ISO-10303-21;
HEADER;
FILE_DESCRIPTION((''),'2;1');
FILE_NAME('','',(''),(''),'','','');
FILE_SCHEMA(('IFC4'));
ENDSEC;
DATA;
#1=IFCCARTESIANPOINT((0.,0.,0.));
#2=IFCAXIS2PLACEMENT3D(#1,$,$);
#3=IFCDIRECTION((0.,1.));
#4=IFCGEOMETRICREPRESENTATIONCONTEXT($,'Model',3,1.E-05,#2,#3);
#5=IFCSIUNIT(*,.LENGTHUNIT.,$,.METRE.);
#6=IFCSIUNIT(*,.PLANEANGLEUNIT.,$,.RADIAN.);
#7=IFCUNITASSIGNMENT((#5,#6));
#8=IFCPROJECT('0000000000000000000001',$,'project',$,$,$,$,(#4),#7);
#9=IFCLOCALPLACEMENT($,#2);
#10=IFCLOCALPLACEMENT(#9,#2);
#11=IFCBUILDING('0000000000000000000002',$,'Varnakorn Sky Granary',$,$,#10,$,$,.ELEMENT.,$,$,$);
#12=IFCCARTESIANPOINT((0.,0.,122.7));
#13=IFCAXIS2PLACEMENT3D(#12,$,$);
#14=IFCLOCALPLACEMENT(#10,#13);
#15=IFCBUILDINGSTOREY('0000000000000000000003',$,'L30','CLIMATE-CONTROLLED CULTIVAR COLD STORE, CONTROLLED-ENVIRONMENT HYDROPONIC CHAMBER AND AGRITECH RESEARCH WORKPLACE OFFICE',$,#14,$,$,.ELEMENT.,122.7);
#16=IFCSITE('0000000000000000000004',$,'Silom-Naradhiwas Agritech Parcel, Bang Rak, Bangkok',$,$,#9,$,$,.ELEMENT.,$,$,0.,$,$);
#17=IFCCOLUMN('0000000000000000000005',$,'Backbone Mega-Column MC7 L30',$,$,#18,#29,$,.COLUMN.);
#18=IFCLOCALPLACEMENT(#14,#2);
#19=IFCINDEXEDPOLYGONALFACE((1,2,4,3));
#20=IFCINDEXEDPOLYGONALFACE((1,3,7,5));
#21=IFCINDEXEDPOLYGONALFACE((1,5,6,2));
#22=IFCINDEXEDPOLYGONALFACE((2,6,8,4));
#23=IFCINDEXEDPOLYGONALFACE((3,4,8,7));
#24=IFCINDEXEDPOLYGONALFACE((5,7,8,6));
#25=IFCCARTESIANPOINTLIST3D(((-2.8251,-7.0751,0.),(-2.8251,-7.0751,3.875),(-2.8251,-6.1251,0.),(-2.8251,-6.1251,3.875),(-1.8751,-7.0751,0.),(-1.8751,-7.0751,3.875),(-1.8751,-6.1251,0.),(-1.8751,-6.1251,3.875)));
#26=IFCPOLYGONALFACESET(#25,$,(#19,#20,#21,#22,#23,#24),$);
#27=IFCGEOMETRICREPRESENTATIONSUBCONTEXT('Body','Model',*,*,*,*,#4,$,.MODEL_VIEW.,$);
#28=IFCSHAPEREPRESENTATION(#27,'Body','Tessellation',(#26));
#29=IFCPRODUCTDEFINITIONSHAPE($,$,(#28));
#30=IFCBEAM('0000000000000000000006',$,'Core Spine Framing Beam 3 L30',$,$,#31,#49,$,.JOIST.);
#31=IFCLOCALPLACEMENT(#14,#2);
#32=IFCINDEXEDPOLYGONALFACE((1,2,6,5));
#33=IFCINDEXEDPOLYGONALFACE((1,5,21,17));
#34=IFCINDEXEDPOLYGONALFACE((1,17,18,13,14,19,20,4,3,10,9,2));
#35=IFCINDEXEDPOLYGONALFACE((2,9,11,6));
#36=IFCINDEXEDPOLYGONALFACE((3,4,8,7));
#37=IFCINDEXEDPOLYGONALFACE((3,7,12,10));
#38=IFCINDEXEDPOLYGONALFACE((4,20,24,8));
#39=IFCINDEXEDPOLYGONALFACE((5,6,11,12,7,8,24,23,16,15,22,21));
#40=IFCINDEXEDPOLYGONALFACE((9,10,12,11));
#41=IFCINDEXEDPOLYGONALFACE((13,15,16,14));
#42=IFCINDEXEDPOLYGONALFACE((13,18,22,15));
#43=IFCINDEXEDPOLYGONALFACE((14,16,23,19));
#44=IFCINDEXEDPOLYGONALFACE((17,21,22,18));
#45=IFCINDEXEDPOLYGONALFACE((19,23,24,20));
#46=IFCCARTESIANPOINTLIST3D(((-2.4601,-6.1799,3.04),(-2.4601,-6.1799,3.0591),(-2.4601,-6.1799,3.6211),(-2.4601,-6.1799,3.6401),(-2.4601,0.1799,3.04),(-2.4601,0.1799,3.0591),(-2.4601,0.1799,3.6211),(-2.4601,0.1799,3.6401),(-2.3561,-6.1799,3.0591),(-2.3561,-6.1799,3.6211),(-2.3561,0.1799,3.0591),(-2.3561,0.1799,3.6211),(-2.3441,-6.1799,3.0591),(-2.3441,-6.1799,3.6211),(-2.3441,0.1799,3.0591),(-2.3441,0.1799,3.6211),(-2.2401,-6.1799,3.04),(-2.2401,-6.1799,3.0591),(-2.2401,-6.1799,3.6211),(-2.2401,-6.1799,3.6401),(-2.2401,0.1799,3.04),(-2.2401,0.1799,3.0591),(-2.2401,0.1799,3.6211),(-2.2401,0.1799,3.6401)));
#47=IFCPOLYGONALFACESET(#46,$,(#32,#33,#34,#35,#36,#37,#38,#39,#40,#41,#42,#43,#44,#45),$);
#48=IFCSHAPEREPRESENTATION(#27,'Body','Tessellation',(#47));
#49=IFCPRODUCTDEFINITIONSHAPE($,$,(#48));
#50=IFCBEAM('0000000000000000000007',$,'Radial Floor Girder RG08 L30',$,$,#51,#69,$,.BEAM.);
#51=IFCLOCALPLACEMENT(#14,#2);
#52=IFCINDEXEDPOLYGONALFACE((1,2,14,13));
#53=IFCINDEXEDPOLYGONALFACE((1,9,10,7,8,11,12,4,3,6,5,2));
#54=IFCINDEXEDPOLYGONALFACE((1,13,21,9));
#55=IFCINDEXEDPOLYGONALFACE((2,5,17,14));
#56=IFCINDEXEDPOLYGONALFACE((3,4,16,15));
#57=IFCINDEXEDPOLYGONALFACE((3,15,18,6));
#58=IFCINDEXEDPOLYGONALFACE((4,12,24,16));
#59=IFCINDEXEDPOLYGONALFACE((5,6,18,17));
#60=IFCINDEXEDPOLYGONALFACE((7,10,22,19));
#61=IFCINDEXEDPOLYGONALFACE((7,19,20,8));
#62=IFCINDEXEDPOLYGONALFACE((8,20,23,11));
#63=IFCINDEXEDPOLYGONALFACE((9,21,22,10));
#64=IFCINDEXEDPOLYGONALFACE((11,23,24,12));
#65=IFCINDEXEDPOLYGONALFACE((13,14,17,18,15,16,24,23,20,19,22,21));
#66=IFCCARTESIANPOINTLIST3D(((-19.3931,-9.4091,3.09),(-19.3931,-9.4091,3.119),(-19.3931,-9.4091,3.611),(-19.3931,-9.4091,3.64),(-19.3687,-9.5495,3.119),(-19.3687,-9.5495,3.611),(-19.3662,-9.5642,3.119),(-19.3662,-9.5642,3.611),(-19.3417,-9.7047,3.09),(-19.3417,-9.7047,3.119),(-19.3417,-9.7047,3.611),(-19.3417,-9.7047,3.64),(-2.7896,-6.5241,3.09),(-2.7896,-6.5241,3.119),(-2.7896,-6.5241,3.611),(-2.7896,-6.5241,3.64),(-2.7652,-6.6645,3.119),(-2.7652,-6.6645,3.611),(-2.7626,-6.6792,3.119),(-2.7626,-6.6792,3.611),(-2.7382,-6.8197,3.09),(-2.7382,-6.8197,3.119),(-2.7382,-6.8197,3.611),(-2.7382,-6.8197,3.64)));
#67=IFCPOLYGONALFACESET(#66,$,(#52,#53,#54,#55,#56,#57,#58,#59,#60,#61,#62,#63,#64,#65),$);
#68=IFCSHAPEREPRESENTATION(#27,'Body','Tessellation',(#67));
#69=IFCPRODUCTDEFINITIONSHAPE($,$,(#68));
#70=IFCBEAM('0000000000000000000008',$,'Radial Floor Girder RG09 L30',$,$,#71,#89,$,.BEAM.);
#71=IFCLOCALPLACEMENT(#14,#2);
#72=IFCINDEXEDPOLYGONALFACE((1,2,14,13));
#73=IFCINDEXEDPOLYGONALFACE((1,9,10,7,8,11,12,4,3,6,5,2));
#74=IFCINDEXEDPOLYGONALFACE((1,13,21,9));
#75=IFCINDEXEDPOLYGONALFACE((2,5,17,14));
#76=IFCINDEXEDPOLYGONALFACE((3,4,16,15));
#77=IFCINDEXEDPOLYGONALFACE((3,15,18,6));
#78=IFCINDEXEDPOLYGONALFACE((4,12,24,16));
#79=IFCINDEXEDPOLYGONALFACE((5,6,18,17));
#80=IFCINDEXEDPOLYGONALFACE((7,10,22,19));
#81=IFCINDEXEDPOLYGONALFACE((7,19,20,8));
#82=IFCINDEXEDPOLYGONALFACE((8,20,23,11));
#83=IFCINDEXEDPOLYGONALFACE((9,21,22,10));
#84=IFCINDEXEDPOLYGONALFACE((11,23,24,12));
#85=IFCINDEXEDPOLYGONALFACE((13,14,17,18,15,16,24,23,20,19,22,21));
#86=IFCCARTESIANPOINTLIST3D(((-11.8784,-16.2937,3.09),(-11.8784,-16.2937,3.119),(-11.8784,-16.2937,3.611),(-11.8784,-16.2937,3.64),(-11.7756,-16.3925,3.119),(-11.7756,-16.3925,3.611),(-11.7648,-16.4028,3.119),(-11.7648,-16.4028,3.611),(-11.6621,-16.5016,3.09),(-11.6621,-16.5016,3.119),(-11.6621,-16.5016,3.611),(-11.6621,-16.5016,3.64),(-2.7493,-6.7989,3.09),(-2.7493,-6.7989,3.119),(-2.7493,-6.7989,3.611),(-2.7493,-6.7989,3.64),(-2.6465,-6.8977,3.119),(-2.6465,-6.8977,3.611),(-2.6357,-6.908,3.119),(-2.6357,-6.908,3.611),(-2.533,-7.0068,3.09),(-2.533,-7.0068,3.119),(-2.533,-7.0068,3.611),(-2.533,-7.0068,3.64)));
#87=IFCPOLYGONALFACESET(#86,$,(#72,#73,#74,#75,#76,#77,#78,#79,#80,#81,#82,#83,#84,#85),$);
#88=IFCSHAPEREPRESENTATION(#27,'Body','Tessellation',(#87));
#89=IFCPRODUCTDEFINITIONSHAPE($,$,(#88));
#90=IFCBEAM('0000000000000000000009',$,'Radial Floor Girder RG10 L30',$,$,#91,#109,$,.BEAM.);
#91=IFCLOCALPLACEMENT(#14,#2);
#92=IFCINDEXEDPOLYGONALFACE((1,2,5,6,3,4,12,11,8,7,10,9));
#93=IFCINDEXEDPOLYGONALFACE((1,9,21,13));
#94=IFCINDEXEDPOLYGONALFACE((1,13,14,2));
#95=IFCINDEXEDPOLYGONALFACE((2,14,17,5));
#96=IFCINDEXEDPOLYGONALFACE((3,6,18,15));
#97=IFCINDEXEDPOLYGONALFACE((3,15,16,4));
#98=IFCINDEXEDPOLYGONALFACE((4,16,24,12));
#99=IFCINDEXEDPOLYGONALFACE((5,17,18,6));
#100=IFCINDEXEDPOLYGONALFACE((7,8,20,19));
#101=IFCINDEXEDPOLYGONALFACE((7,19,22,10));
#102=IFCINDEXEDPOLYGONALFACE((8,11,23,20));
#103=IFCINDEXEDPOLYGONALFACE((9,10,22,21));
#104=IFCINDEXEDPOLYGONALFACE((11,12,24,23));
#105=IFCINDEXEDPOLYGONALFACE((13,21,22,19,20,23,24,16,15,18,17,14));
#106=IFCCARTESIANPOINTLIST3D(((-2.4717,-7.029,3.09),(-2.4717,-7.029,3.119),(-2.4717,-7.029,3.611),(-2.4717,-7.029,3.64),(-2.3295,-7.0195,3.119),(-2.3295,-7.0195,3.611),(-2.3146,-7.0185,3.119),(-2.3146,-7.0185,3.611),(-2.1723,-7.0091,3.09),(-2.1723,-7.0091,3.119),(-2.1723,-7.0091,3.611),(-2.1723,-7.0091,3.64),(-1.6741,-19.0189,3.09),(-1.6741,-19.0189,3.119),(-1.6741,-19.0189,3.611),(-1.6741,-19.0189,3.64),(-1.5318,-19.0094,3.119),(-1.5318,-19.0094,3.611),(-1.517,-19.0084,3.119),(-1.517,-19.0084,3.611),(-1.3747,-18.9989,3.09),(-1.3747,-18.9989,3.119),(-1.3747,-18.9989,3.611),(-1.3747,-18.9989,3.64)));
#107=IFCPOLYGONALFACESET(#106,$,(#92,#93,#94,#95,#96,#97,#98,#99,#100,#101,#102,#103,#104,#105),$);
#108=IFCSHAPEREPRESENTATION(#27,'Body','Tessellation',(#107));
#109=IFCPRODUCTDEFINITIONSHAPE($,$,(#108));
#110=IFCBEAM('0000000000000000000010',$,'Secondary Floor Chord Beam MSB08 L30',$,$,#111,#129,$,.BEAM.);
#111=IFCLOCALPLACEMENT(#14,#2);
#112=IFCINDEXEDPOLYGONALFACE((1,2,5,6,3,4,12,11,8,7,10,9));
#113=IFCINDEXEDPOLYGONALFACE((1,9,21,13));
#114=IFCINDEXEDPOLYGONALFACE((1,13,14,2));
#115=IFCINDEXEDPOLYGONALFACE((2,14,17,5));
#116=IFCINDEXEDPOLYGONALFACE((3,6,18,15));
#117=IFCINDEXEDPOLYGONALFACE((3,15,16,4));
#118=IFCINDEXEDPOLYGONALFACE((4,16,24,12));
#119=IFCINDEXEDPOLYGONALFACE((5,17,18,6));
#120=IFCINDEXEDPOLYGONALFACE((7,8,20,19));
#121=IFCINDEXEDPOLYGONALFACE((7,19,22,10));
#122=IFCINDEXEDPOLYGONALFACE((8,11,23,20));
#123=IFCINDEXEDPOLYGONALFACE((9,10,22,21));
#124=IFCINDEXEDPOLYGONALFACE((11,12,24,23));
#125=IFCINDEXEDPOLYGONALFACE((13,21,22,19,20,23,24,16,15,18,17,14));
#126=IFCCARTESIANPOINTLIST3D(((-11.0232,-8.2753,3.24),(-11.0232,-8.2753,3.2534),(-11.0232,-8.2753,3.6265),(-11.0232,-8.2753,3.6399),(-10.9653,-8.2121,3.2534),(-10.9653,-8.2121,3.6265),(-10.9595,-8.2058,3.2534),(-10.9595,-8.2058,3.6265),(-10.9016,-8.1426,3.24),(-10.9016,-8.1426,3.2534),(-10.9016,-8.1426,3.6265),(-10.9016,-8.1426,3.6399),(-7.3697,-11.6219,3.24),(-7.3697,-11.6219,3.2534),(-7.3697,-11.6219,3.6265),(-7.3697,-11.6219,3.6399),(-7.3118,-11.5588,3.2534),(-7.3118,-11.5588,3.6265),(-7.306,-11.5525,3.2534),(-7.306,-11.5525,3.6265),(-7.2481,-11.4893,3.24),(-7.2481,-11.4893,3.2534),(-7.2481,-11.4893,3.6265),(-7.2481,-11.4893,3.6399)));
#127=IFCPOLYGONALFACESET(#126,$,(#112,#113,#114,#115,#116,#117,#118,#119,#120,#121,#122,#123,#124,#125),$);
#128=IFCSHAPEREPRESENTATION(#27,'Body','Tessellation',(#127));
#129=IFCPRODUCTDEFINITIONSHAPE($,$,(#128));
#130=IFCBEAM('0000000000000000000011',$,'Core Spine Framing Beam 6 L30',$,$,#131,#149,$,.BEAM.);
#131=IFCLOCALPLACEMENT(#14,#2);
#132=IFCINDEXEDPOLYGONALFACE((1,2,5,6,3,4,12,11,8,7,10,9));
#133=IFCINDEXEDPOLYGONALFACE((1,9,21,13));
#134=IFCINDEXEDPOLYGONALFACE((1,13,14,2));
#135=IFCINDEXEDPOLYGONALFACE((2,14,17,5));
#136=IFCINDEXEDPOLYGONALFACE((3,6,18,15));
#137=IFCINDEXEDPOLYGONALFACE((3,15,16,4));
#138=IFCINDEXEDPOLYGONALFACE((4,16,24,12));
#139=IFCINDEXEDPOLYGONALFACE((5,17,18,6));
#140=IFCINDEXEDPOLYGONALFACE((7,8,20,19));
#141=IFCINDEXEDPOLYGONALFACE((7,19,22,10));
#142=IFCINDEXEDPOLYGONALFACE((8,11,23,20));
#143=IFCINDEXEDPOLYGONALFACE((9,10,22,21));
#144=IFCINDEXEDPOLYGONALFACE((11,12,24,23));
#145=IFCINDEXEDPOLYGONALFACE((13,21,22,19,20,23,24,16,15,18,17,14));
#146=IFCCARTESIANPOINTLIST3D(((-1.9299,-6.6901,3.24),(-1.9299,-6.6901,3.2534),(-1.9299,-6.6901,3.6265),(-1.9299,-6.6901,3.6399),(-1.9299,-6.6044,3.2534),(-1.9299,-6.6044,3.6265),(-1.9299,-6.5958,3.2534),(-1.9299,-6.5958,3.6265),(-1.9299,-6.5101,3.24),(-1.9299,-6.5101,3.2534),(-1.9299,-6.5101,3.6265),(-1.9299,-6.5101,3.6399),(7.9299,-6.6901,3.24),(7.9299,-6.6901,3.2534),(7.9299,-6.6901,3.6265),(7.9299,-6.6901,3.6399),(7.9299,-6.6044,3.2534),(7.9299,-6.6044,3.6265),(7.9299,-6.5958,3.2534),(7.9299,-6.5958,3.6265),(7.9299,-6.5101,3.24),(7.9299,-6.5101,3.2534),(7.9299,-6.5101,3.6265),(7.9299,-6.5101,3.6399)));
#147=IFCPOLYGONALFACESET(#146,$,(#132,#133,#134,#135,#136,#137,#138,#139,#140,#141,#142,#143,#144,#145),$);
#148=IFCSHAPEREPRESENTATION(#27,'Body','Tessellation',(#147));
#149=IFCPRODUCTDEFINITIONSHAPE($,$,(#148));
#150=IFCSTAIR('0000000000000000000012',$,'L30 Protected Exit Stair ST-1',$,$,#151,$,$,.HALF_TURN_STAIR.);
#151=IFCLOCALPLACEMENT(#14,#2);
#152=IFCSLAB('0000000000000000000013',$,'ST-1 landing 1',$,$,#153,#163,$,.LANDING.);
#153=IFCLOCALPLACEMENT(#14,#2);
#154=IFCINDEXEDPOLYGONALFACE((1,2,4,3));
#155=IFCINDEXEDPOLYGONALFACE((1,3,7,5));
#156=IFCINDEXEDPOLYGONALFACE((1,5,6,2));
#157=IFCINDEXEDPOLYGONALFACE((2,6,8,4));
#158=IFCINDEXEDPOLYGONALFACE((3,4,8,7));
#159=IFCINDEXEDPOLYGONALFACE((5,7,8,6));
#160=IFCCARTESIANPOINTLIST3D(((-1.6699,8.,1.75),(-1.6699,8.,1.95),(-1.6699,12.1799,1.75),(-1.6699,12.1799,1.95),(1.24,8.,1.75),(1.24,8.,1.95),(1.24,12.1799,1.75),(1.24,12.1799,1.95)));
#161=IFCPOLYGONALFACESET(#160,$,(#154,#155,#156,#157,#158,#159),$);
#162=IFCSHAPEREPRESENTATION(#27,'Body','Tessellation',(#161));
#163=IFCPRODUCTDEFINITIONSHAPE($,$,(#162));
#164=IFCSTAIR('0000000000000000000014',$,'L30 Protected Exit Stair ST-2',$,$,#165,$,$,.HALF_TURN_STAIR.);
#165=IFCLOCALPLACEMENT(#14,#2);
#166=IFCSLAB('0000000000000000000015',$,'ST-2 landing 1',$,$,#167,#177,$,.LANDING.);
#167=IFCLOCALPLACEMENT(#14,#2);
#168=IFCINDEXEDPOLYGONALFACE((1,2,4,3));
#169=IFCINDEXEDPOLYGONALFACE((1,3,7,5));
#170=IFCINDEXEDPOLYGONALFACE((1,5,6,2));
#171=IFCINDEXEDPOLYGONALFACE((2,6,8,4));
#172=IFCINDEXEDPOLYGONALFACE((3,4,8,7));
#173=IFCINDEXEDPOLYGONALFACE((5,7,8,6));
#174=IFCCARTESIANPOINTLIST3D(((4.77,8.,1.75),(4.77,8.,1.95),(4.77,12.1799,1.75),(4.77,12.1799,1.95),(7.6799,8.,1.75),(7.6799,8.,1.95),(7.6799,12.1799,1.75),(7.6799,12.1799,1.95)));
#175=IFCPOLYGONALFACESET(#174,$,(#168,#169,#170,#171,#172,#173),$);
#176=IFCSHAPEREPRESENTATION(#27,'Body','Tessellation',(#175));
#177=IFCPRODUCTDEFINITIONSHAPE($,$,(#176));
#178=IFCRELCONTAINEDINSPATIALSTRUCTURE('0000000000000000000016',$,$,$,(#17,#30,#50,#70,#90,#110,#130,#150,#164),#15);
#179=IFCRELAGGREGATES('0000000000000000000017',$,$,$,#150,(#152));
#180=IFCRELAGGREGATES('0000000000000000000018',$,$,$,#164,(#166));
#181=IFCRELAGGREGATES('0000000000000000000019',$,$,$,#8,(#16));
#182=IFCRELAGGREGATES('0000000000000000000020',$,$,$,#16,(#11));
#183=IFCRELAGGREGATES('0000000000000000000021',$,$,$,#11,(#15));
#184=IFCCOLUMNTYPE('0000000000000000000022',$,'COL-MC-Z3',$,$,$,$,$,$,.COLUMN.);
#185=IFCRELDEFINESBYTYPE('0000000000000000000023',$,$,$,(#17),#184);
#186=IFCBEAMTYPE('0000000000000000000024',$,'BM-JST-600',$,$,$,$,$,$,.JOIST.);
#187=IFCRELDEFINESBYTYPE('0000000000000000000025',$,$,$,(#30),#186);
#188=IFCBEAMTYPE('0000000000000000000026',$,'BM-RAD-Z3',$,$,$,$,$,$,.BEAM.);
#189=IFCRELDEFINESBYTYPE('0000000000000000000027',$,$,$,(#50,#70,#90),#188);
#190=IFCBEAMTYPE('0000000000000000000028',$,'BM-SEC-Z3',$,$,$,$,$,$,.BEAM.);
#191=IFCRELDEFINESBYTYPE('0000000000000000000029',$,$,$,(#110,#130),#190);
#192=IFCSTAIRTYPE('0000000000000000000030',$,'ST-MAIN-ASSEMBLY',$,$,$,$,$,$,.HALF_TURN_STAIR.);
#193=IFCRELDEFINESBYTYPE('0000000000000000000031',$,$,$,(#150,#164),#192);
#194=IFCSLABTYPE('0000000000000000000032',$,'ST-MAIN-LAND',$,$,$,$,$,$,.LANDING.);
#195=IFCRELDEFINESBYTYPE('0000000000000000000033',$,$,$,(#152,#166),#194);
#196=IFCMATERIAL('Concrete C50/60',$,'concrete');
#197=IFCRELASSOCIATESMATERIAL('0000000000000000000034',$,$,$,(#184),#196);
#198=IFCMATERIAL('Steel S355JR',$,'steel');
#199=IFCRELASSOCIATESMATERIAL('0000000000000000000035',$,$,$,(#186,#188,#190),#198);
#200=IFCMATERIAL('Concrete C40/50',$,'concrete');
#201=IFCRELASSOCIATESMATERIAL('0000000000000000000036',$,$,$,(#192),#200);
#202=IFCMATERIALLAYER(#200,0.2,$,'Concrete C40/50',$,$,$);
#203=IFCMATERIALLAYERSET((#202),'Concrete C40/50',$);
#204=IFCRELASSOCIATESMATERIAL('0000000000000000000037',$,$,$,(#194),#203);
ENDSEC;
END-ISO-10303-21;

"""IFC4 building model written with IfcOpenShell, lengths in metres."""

from ifc_helpers import new_model, si_unit, direction, frame, origin, origin_2d, place, context, subcontext, project, spatial, polyline, rectangle, i_section, outline, extrude, material, layer, layer_set, material_profile, profile_set, type_object, element, aggregate, save


model = new_model("IFC4")

# Units and contexts
model_context = context("Model", 3, precision=1e-05, world=origin(), true_north=direction((0.0, 1.0)))
body_context = subcontext(model_context, "Body", "Model", "MODEL_VIEW")
ifc_project = project(units=[si_unit("LENGTHUNIT", "METRE"), si_unit("PLANEANGLEUNIT", "RADIAN")], contexts=[model_context])

# Site, building, storey
site_placement = place(None, origin())
site = spatial("IfcSite", under=ifc_project, at=site_placement, Name="Silom-Naradhiwas Agritech Parcel, Bang Rak, Bangkok", CompositionType="ELEMENT", RefElevation=0.0)
building_placement = place(site_placement, origin())
building = spatial("IfcBuilding", under=site, at=building_placement, Name="Varnakorn Sky Granary", CompositionType="ELEMENT")
storey_placement = place(building_placement, frame((0.0, 0.0, 122.7)))
storey = spatial("IfcBuildingStorey", under=building, at=storey_placement, Name="L30", Description="CLIMATE-CONTROLLED CULTIVAR COLD STORE, CONTROLLED-ENVIRONMENT HYDROPONIC CHAMBER AND AGRITECH RESEARCH WORKPLACE OFFICE", CompositionType="ELEMENT", Elevation=122.7)

# Column
ifc_material_1 = material(Name="Concrete C50/60", Category="concrete")
ifc_material_profile_1 = material_profile(ifc_material_1, rectangle(XDim=0.95, YDim=0.95, at=origin_2d()), Name="RC 950x950")
ifc_profile_set_1 = profile_set([ifc_material_profile_1], Name="Concrete C50/60")
column_type = type_object("IfcColumnType", Name="COL-MC-Z3", PredefinedType="COLUMN", material=ifc_profile_set_1)
column_placement = place(storey_placement, frame((-2.3501, -6.6001, 0.0), z_axis=(0.0, 0.0, 1.0), x_axis=(1.0, 0.0, 0.0)))
element("IfcColumn", 1, at=column_placement, inside=storey, type_object=column_type, Name="Backbone Mega-Column MC7 L30", PredefinedType="COLUMN", context=body_context, shape_type="SweptSolid", body=[
    extrude(rectangle(XDim=0.95, YDim=0.95, at=origin_2d()), origin(), (0.0, 0.0, 1.0), 3.875),
])

# Beams
ifc_material_2 = material(Name="Steel S355JR", Category="steel")
ifc_material_profile_2 = material_profile(ifc_material_2, i_section(OverallWidth=0.22, OverallDepth=0.6001, WebThickness=0.012, FlangeThickness=0.019, at=origin_2d()), Name="IPE 600")
ifc_profile_set_2 = profile_set([ifc_material_profile_2], Name="Steel S355JR")
beam_type_1 = type_object("IfcBeamType", Name="BM-JST-600", PredefinedType="JOIST", material=ifc_profile_set_2)
beam_1_placement = place(storey_placement, frame((-2.3501, 0.1799, 3.3401), z_axis=(0.0, -1.0, 0.0), x_axis=(1.0, 0.0, 0.0)))
element("IfcBeam", 2, at=beam_1_placement, inside=storey, type_object=beam_type_1, Name="Core Spine Framing Beam 3 L30", PredefinedType="JOIST", context=body_context, shape_type="SweptSolid", body=[
    extrude(i_section(OverallWidth=0.22, OverallDepth=0.6001, WebThickness=0.012, FlangeThickness=0.019, at=origin_2d()), origin(), (0.0, 0.0, 1.0), 6.3599),
])
ifc_material_profile_3 = material_profile(ifc_material_2, i_section(OverallWidth=0.3, OverallDepth=0.55, WebThickness=0.0149, FlangeThickness=0.0291, at=origin_2d()), Name="HE 550 B")
ifc_profile_set_3 = profile_set([ifc_material_profile_3], Name="Steel S355JR")
beam_type_2 = type_object("IfcBeamType", Name="BM-RAD-Z3", PredefinedType="BEAM", material=ifc_profile_set_3)
beam_2_placement = place(storey_placement, frame((-2.7639, -6.6719, 3.365), z_axis=(-0.985237, -0.171194, 0.0), x_axis=(0.171194, -0.985237, 0.0)))
element("IfcBeam", 3, at=beam_2_placement, inside=storey, type_object=beam_type_2, Name="Radial Floor Girder RG08 L30", PredefinedType="BEAM", context=body_context, shape_type="SweptSolid", body=[
    extrude(i_section(OverallWidth=0.3, OverallDepth=0.55, WebThickness=0.0149, FlangeThickness=0.0291, at=origin_2d()), origin(), (0.0, 0.0, 1.0), 16.8523),
])
beam_3_placement = place(storey_placement, frame((-2.6411, -6.9028, 3.365), z_axis=(-0.693088, -0.720853, 0.0), x_axis=(0.720853, -0.693088, 0.0)))
element("IfcBeam", 4, at=beam_3_placement, inside=storey, type_object=beam_type_2, Name="Radial Floor Girder RG09 L30", PredefinedType="BEAM", context=body_context, shape_type="SweptSolid", body=[
    extrude(i_section(OverallWidth=0.3, OverallDepth=0.55, WebThickness=0.0149, FlangeThickness=0.0291, at=origin_2d()), origin(), (0.0, 0.0, 1.0), 13.1716),
])
beam_4_placement = place(storey_placement, frame((-2.322, -7.019, 3.365), z_axis=(0.066377, -0.997795, 0.0), x_axis=(0.997795, 0.066377, 0.0)))
element("IfcBeam", 5, at=beam_4_placement, inside=storey, type_object=beam_type_2, Name="Radial Floor Girder RG10 L30", PredefinedType="BEAM", context=body_context, shape_type="SweptSolid", body=[
    extrude(i_section(OverallWidth=0.3, OverallDepth=0.55, WebThickness=0.0149, FlangeThickness=0.0291, at=origin_2d()), origin(), (0.0, 0.0, 1.0), 12.0164),
])
ifc_material_profile_4 = material_profile(ifc_material_2, i_section(OverallWidth=0.1799, OverallDepth=0.3999, WebThickness=0.0085, FlangeThickness=0.0134, at=origin_2d()), Name="IPE 400")
ifc_profile_set_4 = profile_set([ifc_material_profile_4], Name="Steel S355JR")
beam_type_3 = type_object("IfcBeamType", Name="BM-SEC-Z3", PredefinedType="BEAM", material=ifc_profile_set_4)
beam_5_placement = place(storey_placement, frame((-10.9624, -8.209, 3.4399), z_axis=(0.737397, -0.675459, 0.0), x_axis=(0.675459, 0.737397, 0.0)))
element("IfcBeam", 6, at=beam_5_placement, inside=storey, type_object=beam_type_3, Name="Secondary Floor Chord Beam MSB08 L30", PredefinedType="BEAM", context=body_context, shape_type="SweptSolid", body=[
    extrude(i_section(OverallWidth=0.1799, OverallDepth=0.3999, WebThickness=0.0085, FlangeThickness=0.0134, at=origin_2d()), origin(), (0.0, 0.0, 1.0), 4.9546),
])
beam_6_placement = place(storey_placement, frame((-1.9299, -6.6001, 3.4399), z_axis=(1.0, 0.0, 0.0), x_axis=(0.0, 1.0, 0.0)))
element("IfcBeam", 7, at=beam_6_placement, inside=storey, type_object=beam_type_3, Name="Core Spine Framing Beam 6 L30", PredefinedType="BEAM", context=body_context, shape_type="SweptSolid", body=[
    extrude(i_section(OverallWidth=0.1799, OverallDepth=0.3999, WebThickness=0.0085, FlangeThickness=0.0134, at=origin_2d()), origin(), (0.0, 0.0, 1.0), 9.8599),
])

# Stairs, slabs
ifc_material_3 = material(Name="Concrete C40/50", Category="concrete")
stair_type = type_object("IfcStairType", Name="ST-MAIN-ASSEMBLY", PredefinedType="HALF_TURN_STAIR", material=ifc_material_3)
stair_1_placement = place(storey_placement, origin())
stair_1 = element("IfcStair", 8, at=stair_1_placement, inside=storey, type_object=stair_type, Name="L30 Protected Exit Stair ST-1", PredefinedType="HALF_TURN_STAIR")
ifc_layer_1 = layer(ifc_material_3, 0.2, Name="Concrete C40/50")
ifc_layer_set_1 = layer_set([ifc_layer_1], Name="Concrete C40/50")
slab_type_1 = type_object("IfcSlabType", Name="ST-MAIN-LAND", PredefinedType="LANDING", material=ifc_layer_set_1)
slab_1_placement = place(storey_placement, frame((0.0, 0.0, 1.75)))
slab_1 = element("IfcSlab", 9, at=slab_1_placement, type_object=slab_type_1, Name="ST-1 landing 1", PredefinedType="LANDING", context=body_context, shape_type="SweptSolid", body=[
    extrude(outline(polyline([(1.24, 8.0), (1.24, 12.1799), (-1.6699, 12.1799), (-1.6699, 8.0), (1.24, 8.0)])), origin(), (0.0, 0.0, 1.0), 0.2),
])
aggregate(stair_1, [slab_1])
stair_2_placement = place(storey_placement, origin())
stair_2 = element("IfcStair", 10, at=stair_2_placement, inside=storey, type_object=stair_type, Name="L30 Protected Exit Stair ST-2", PredefinedType="HALF_TURN_STAIR")
slab_2_placement = place(storey_placement, frame((0.0, 0.0, 1.75)))
slab_2 = element("IfcSlab", 11, at=slab_2_placement, type_object=slab_type_1, Name="ST-2 landing 1", PredefinedType="LANDING", context=body_context, shape_type="SweptSolid", body=[
    extrude(outline(polyline([(7.6799, 8.0), (7.6799, 12.1799), (4.77, 12.1799), (4.77, 8.0), (7.6799, 8.0)])), origin(), (0.0, 0.0, 1.0), 0.2),
])
aggregate(stair_2, [slab_2])

save(model, "model.ifc")
